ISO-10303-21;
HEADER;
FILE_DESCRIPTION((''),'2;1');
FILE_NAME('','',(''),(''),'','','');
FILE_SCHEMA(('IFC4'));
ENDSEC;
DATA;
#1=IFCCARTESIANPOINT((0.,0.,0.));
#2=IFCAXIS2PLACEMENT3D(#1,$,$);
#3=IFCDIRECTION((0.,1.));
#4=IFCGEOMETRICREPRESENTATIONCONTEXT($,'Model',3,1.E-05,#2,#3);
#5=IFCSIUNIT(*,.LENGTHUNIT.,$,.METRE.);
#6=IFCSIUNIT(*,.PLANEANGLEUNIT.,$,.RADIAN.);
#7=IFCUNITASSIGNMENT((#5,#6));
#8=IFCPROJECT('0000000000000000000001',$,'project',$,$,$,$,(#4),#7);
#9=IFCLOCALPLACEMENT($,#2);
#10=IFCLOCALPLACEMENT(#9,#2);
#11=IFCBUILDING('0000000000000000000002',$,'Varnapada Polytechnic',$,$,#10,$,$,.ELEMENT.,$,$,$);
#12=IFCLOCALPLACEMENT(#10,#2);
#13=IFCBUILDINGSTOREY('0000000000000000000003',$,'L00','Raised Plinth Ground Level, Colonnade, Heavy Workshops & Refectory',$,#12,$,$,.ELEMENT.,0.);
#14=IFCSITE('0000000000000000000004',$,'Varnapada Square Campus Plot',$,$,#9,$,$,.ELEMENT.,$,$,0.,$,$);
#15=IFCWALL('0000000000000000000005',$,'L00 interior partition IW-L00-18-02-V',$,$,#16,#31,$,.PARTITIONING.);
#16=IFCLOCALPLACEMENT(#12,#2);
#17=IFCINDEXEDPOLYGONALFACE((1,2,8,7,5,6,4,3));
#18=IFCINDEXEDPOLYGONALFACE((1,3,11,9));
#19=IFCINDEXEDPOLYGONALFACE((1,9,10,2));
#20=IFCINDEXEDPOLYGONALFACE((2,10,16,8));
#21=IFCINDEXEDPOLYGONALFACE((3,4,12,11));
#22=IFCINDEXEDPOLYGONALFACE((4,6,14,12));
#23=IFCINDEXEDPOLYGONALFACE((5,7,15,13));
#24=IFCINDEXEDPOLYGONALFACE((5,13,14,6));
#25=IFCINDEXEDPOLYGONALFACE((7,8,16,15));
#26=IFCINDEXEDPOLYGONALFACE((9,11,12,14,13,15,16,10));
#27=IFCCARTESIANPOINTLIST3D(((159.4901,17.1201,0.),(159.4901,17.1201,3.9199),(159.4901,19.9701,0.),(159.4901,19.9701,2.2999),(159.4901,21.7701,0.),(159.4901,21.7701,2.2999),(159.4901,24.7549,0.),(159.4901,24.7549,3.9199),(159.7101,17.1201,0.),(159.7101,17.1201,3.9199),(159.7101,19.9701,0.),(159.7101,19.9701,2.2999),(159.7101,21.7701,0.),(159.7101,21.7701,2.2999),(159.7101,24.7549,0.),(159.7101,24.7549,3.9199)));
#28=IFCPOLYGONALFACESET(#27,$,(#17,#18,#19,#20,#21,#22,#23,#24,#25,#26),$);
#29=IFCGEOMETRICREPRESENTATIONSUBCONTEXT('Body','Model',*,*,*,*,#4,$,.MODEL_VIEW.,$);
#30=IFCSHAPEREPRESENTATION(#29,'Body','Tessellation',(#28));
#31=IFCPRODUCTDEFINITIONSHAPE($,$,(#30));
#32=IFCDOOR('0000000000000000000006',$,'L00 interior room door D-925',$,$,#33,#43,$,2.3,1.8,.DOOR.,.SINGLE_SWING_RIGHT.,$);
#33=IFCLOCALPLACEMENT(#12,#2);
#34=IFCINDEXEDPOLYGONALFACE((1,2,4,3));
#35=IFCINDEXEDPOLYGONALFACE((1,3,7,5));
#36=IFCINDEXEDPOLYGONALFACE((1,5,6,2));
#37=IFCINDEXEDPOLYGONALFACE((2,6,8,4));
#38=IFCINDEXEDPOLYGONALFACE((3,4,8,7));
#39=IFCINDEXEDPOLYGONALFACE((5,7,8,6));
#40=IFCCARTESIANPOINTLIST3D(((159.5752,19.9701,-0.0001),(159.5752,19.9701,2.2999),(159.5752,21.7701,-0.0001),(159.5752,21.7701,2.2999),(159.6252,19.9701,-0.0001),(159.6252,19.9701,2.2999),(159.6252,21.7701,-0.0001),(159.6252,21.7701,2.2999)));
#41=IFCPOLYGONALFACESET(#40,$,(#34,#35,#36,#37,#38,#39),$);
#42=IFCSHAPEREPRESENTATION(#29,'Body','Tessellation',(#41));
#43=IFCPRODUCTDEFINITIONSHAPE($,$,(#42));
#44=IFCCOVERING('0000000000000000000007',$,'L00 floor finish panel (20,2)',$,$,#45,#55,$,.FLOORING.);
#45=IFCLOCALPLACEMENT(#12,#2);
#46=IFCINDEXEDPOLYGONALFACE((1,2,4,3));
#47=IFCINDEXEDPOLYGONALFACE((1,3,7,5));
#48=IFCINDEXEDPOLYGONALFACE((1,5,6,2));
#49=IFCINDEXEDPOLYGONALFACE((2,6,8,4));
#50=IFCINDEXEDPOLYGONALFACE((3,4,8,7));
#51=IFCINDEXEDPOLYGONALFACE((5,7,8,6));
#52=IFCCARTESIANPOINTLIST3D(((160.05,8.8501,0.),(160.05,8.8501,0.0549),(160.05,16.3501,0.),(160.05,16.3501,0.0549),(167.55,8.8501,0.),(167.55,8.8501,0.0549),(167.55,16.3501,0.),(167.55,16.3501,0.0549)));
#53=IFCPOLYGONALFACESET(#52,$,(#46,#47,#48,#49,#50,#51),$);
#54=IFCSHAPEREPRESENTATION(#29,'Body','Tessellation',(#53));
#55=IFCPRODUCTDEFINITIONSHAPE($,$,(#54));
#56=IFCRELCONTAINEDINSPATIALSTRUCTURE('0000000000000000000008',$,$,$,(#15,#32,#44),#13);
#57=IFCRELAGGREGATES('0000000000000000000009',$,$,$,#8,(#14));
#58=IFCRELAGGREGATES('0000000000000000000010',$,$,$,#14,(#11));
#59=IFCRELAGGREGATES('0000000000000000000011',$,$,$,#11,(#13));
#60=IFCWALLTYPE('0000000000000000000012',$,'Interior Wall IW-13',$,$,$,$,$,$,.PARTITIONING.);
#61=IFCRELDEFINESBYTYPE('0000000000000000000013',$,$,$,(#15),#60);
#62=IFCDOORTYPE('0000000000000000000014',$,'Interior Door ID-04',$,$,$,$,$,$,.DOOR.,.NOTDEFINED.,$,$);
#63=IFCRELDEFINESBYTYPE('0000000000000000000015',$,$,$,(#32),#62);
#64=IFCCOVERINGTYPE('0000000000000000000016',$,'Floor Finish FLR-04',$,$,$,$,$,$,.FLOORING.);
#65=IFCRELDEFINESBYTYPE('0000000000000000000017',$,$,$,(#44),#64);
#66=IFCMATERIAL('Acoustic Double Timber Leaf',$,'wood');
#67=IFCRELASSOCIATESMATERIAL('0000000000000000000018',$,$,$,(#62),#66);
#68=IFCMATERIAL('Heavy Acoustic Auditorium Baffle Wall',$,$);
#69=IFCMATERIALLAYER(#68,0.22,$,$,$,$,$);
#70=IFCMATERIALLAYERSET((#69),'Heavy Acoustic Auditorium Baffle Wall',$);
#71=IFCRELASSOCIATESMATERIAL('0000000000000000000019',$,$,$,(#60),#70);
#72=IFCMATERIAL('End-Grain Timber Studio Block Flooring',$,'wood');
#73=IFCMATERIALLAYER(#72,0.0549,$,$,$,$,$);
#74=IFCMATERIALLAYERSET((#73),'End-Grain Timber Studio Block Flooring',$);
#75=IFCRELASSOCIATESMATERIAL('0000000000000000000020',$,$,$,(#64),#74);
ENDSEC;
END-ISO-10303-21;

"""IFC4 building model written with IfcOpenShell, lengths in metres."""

from ifc_helpers import new_model, si_unit, direction, frame, frame_2d, origin, origin_2d, place, context, subcontext, project, spatial, rectangle, extrude, material, layer, layer_set, type_object, element, fill, save


model = new_model("IFC4")

# Units and contexts
model_context = context("Model", 3, precision=1e-05, world=origin(), true_north=direction((0.0, 1.0)))
body_context = subcontext(model_context, "Body", "Model", "MODEL_VIEW")
ifc_project = project(units=[si_unit("LENGTHUNIT", "METRE"), si_unit("PLANEANGLEUNIT", "RADIAN")], contexts=[model_context])

# Site, building, storey
site_placement = place(None, origin())
site = spatial("IfcSite", under=ifc_project, at=site_placement, Name="Varnapada Square Campus Plot", CompositionType="ELEMENT", RefElevation=0.0)
building_placement = place(site_placement, origin())
building = spatial("IfcBuilding", under=site, at=building_placement, Name="Varnapada Polytechnic", CompositionType="ELEMENT")
storey_placement = place(building_placement, origin())
storey = spatial("IfcBuildingStorey", under=building, at=storey_placement, Name="L00", Description="Raised Plinth Ground Level, Colonnade, Heavy Workshops & Refectory", CompositionType="ELEMENT", Elevation=0.0)

# Wall, opening, door
ifc_material_1 = material(Name="Acoustic Double Timber Leaf", Category="wood")
door_type = type_object("IfcDoorType", Name="Interior Door ID-04", OperationType="NOTDEFINED", PredefinedType="DOOR", material=ifc_material_1)
ifc_material_2 = material(Name="Heavy Acoustic Auditorium Baffle Wall")
ifc_layer_1 = layer(ifc_material_2, 0.22)
ifc_layer_set_1 = layer_set([ifc_layer_1], Name="Heavy Acoustic Auditorium Baffle Wall")
wall_type_1 = type_object("IfcWallType", Name="Interior Wall IW-13", PredefinedType="PARTITIONING", material=ifc_layer_set_1)
wall_1_placement = place(storey_placement, frame((159.6001, 17.1201, 0.0), z_axis=(0.0, 0.0, 1.0), x_axis=(0.0, 1.0, 0.0)))
wall_1 = element("IfcWall", 1, at=wall_1_placement, inside=storey, type_object=wall_type_1, Name="L00 interior partition IW-L00-18-02-V", PredefinedType="PARTITIONING", context=body_context, shape_type="SweptSolid", body=[
    extrude(rectangle(XDim=7.6348, YDim=0.22, at=frame_2d((3.8174, 0.0))), origin(), (0.0, 0.0, 1.0), 3.9199),
])
opening_1_placement = place(wall_1_placement, frame((2.8501, 0.0, 0.0)))
opening_1 = element("IfcOpeningElement", 2, at=opening_1_placement, cuts=wall_1, PredefinedType="OPENING", context=body_context, shape_type="SweptSolid", body=[
    extrude(rectangle(XDim=1.8, YDim=2.3, at=frame_2d((0.8999, 1.1499))), frame((0.0, 0.1199, 0.0), z_axis=(0.0, -1.0, 0.0), x_axis=(1.0, 0.0, 0.0)), (0.0, 0.0, 1.0), 0.24),
])
door_1_placement = place(opening_1_placement, origin())
door_1 = element("IfcDoor", 3, at=door_1_placement, inside=storey, type_object=door_type, Name="L00 interior room door D-925", OperationType="SINGLE_SWING_RIGHT", OverallHeight=2.3, OverallWidth=1.8, PredefinedType="DOOR", context=body_context, shape_type="SweptSolid", body=[
    extrude(rectangle(XDim=1.8, YDim=2.3, at=frame_2d((0.8999, 1.1499))), frame((0.0, 0.0249, 0.0), z_axis=(0.0, -1.0, 0.0), x_axis=(1.0, 0.0, 0.0)), (0.0, 0.0, 1.0), 0.05),
])
fill(opening_1, door_1)

# Covering
ifc_material_3 = material(Name="End-Grain Timber Studio Block Flooring", Category="wood")
ifc_layer_2 = layer(ifc_material_3, 0.0549)
ifc_layer_set_2 = layer_set([ifc_layer_2], Name="End-Grain Timber Studio Block Flooring")
covering_type = type_object("IfcCoveringType", Name="Floor Finish FLR-04", PredefinedType="FLOORING", material=ifc_layer_set_2)
covering_placement = place(storey_placement, frame((163.8, 12.6001, 0.0), z_axis=(0.0, 0.0, 1.0), x_axis=(1.0, 0.0, 0.0)))
element("IfcCovering", 4, at=covering_placement, inside=storey, type_object=covering_type, Name="L00 floor finish panel (20,2)", PredefinedType="FLOORING", context=body_context, shape_type="SweptSolid", body=[
    extrude(rectangle(XDim=7.5, YDim=7.5, at=origin_2d()), origin(), (0.0, 0.0, 1.0), 0.0549),
])

save(model, "model.ifc")
